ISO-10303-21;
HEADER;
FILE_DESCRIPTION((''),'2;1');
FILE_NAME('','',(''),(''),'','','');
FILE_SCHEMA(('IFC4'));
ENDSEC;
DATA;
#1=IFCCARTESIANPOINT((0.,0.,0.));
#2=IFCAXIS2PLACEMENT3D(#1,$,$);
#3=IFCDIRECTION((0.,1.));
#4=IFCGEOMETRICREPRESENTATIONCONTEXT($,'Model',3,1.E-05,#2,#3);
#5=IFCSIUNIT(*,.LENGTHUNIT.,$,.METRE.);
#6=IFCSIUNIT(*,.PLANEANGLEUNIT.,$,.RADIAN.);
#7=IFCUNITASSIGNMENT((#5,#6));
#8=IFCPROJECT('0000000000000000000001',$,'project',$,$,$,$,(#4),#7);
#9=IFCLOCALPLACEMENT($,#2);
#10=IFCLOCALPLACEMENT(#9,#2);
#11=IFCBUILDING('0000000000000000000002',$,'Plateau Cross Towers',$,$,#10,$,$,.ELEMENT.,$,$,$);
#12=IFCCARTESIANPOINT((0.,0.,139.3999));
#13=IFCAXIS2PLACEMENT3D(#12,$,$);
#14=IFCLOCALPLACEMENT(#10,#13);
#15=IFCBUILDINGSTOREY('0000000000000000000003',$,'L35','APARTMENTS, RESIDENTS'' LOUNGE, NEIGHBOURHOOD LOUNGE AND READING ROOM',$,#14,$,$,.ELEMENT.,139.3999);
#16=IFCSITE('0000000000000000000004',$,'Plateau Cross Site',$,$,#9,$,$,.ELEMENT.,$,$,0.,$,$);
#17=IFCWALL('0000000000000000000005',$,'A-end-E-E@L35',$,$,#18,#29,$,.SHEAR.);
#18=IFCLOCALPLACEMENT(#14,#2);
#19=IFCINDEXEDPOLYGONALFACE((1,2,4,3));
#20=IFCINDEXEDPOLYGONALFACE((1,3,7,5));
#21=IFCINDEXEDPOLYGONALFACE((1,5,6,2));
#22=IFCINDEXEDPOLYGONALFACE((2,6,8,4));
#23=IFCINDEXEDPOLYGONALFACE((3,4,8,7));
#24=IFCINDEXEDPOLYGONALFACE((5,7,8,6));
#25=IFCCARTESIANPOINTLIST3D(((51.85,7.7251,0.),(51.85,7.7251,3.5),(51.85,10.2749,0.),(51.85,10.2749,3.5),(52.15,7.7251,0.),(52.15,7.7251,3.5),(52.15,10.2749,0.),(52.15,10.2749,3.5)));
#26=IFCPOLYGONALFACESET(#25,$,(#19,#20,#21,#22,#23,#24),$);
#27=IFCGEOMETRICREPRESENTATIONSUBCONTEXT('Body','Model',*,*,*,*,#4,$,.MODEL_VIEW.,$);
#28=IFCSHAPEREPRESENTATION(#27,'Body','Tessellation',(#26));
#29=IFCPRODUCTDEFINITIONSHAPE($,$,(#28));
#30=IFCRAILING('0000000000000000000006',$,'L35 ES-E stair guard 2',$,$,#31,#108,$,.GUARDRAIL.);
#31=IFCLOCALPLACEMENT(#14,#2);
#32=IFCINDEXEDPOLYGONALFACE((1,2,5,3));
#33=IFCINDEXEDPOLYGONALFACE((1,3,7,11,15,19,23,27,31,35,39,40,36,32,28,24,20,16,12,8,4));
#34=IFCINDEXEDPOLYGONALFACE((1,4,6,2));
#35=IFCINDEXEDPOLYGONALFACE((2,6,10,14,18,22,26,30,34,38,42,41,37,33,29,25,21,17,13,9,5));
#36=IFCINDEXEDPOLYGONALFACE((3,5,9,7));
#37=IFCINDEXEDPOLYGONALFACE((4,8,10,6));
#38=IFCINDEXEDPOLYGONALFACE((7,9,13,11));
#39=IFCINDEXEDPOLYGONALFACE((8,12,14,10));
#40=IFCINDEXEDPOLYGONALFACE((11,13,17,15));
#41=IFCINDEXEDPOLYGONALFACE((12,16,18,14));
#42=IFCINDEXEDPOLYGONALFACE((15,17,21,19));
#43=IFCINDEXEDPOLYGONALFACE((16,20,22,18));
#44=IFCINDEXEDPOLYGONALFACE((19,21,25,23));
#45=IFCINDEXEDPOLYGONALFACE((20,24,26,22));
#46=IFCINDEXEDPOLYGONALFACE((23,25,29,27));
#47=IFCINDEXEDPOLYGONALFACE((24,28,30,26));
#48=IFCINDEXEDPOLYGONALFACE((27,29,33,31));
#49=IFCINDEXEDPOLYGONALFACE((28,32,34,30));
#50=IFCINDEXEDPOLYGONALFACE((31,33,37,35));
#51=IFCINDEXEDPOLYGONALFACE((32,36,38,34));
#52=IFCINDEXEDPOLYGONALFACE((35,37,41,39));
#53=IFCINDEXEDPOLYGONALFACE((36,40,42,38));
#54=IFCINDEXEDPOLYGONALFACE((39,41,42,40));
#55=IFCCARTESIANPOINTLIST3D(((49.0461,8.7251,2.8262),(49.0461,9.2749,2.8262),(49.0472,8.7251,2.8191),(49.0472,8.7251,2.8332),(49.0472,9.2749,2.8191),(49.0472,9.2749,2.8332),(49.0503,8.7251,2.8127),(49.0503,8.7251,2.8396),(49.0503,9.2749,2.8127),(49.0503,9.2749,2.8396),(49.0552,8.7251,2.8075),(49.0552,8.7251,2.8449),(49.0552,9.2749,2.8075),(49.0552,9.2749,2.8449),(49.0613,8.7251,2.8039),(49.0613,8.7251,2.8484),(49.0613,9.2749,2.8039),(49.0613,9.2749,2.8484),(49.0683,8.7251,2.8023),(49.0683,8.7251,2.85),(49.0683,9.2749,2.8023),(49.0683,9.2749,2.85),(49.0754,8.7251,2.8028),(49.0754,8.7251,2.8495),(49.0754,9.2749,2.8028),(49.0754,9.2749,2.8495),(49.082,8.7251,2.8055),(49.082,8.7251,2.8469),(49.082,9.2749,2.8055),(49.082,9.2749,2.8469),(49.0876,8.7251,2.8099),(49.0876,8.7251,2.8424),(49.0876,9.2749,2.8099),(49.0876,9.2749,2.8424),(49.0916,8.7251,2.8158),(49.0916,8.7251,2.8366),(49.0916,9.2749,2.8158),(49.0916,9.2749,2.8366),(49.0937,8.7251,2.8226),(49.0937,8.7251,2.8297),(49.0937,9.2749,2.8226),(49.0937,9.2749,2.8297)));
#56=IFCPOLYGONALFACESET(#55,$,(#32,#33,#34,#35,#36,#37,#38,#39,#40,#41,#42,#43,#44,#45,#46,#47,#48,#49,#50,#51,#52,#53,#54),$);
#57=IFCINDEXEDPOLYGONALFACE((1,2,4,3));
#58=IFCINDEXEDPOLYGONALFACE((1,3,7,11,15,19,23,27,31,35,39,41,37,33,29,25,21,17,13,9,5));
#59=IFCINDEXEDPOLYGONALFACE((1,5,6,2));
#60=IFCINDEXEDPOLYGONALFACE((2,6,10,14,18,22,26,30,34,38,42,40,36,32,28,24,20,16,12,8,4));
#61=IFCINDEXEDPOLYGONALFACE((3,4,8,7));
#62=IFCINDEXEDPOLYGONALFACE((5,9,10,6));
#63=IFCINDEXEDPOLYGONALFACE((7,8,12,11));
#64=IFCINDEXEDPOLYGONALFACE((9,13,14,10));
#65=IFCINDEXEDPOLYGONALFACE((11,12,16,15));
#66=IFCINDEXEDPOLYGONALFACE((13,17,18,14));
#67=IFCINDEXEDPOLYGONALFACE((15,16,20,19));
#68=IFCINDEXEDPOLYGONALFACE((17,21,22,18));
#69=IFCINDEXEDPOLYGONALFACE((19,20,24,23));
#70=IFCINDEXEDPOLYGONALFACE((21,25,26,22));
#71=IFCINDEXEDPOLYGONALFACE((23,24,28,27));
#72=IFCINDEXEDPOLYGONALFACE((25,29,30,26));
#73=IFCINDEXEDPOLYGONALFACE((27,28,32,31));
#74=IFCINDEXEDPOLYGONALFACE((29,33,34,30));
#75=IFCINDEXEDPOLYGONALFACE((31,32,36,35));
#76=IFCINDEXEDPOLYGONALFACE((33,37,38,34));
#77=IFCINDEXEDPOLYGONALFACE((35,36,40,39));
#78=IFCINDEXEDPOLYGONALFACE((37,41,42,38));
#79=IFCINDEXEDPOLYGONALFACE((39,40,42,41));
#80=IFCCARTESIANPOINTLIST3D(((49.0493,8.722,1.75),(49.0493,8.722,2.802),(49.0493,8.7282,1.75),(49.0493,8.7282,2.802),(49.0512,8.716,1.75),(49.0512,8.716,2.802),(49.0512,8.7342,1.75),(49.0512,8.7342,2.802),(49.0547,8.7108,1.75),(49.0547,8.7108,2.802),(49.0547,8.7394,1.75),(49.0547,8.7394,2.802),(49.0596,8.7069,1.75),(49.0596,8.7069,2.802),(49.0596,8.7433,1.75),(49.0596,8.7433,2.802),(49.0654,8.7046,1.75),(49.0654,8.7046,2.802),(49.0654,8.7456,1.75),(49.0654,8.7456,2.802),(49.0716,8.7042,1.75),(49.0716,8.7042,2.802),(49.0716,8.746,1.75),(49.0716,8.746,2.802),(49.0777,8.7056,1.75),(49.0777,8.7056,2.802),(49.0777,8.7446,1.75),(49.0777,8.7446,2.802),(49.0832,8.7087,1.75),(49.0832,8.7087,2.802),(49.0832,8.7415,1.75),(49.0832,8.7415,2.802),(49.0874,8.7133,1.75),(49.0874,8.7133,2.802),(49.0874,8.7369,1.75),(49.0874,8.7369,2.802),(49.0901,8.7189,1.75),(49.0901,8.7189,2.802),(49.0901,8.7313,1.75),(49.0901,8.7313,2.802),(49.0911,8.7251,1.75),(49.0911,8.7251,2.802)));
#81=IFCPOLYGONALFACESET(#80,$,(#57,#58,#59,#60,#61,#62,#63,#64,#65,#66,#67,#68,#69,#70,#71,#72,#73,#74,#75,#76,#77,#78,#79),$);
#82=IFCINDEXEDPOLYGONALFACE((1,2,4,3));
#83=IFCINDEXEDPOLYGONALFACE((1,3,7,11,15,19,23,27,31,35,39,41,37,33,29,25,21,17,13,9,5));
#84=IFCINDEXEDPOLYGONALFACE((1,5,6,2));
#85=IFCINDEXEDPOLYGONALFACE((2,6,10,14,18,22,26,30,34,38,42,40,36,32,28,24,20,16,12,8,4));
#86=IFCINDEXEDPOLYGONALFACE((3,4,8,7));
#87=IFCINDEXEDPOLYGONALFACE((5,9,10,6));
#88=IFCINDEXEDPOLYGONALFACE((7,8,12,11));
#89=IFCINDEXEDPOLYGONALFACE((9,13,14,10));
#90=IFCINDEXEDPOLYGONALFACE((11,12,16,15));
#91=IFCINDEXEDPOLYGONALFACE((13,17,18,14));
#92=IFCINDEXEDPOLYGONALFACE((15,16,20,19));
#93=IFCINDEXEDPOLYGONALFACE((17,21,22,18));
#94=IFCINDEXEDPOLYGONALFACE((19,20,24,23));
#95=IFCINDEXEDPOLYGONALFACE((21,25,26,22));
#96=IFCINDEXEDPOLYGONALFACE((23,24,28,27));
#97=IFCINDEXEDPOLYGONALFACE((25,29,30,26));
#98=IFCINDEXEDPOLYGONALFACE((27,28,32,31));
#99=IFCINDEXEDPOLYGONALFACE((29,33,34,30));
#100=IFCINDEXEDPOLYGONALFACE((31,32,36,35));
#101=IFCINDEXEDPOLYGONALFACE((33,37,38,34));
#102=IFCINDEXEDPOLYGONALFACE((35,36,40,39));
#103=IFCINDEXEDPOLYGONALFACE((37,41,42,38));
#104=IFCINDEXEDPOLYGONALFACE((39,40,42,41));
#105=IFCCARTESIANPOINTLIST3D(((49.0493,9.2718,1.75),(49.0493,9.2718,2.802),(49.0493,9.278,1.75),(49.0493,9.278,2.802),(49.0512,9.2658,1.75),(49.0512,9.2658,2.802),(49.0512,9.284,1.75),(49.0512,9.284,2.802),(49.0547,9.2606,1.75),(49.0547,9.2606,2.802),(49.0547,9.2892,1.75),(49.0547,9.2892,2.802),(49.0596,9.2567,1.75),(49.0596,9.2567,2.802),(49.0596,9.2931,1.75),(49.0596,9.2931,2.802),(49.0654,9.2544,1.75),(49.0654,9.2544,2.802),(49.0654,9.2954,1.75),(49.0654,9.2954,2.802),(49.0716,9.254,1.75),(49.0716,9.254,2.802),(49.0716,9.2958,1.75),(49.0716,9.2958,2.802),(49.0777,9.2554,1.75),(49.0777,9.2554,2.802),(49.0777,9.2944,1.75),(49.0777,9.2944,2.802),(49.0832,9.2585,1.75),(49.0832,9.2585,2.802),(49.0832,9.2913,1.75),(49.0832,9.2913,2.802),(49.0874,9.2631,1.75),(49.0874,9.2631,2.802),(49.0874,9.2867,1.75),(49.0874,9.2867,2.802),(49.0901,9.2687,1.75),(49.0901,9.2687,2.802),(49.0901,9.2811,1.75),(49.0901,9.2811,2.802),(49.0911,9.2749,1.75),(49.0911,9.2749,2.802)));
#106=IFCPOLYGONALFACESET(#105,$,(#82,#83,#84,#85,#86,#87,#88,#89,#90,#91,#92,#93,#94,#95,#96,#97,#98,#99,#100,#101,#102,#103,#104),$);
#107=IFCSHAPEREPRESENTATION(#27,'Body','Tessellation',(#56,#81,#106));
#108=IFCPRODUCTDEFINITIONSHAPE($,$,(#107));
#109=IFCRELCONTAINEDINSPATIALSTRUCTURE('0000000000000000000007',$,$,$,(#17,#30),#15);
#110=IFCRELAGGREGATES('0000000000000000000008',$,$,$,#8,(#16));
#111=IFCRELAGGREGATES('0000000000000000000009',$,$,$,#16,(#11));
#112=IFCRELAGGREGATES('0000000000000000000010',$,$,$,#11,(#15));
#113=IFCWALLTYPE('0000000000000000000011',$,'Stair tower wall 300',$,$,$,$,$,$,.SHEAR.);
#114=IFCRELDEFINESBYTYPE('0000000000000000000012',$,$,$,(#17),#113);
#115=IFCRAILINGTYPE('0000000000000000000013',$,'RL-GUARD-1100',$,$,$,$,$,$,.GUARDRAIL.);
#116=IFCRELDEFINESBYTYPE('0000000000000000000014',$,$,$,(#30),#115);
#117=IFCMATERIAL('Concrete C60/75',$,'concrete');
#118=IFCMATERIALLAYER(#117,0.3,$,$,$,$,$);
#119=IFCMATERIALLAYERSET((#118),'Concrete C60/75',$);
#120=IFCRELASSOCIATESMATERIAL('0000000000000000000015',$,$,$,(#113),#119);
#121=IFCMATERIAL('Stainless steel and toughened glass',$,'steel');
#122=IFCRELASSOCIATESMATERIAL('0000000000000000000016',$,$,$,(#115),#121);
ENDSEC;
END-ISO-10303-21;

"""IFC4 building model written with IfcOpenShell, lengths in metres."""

from ifc_helpers import new_model, si_unit, direction, frame, frame_2d, origin, origin_2d, place, context, subcontext, project, spatial, rectangle, circle, extrude, material, layer, layer_set, type_object, element, save


model = new_model("IFC4")

# Units and contexts
model_context = context("Model", 3, precision=1e-05, world=origin(), true_north=direction((0.0, 1.0)))
body_context = subcontext(model_context, "Body", "Model", "MODEL_VIEW")
ifc_project = project(units=[si_unit("LENGTHUNIT", "METRE"), si_unit("PLANEANGLEUNIT", "RADIAN")], contexts=[model_context])

# Site, building, storey
site_placement = place(None, origin())
site = spatial("IfcSite", under=ifc_project, at=site_placement, Name="Plateau Cross Site", CompositionType="ELEMENT", RefElevation=0.0)
building_placement = place(site_placement, origin())
building = spatial("IfcBuilding", under=site, at=building_placement, Name="Plateau Cross Towers", CompositionType="ELEMENT")
storey_placement = place(building_placement, frame((0.0, 0.0, 139.3999)))
storey = spatial("IfcBuildingStorey", under=building, at=storey_placement, Name="L35", Description="APARTMENTS, RESIDENTS' LOUNGE, NEIGHBOURHOOD LOUNGE AND READING ROOM", CompositionType="ELEMENT", Elevation=139.3999)

# Shared definitions
ifc_material_1 = material(Name="Concrete C60/75", Category="concrete")

# Wall
ifc_layer_1 = layer(ifc_material_1, 0.3)
ifc_layer_set_1 = layer_set([ifc_layer_1], Name="Concrete C60/75")
wall_type_1 = type_object("IfcWallType", Name="Stair tower wall 300", PredefinedType="SHEAR", material=ifc_layer_set_1)
wall_1_placement = place(storey_placement, frame((52.0, 7.7251, 0.0), z_axis=(0.0, 0.0, 1.0), x_axis=(0.0, 1.0, 0.0)))
element("IfcWall", 1, at=wall_1_placement, inside=storey, type_object=wall_type_1, Name="A-end-E-E@L35", PredefinedType="SHEAR", context=body_context, shape_type="SweptSolid", body=[
    extrude(rectangle(XDim=2.5498, YDim=0.3, at=frame_2d((1.2749, 0.0))), origin(), (0.0, 0.0, 1.0), 3.5),
])

# Railing
ifc_material_2 = material(Name="Stainless steel and toughened glass", Category="steel")
railing_type = type_object("IfcRailingType", Name="RL-GUARD-1100", PredefinedType="GUARDRAIL", material=ifc_material_2)
railing_placement = place(storey_placement, frame((49.0701, 8.7251, 1.75)))
element("IfcRailing", 2, at=railing_placement, inside=storey, type_object=railing_type, Name="L35 ES-E stair guard 2", PredefinedType="GUARDRAIL", context=body_context, shape_type="SweptSolid", body=[
    extrude(circle(Radius=0.0239, at=origin_2d()), frame((0.0, 0.0, 1.0762), z_axis=(0.0, 1.0, 0.0), x_axis=(-1.0, 0.0, 0.0)), (0.0, 0.0, 1.0), 0.5498),
    extrude(circle(Radius=0.021, at=origin_2d()), origin(), (0.0, 0.0, 1.0), 1.052),
    extrude(circle(Radius=0.021, at=origin_2d()), frame((0.0, 0.5498, 0.0)), (0.0, 0.0, 1.0), 1.052),
])

save(model, "model.ifc")
